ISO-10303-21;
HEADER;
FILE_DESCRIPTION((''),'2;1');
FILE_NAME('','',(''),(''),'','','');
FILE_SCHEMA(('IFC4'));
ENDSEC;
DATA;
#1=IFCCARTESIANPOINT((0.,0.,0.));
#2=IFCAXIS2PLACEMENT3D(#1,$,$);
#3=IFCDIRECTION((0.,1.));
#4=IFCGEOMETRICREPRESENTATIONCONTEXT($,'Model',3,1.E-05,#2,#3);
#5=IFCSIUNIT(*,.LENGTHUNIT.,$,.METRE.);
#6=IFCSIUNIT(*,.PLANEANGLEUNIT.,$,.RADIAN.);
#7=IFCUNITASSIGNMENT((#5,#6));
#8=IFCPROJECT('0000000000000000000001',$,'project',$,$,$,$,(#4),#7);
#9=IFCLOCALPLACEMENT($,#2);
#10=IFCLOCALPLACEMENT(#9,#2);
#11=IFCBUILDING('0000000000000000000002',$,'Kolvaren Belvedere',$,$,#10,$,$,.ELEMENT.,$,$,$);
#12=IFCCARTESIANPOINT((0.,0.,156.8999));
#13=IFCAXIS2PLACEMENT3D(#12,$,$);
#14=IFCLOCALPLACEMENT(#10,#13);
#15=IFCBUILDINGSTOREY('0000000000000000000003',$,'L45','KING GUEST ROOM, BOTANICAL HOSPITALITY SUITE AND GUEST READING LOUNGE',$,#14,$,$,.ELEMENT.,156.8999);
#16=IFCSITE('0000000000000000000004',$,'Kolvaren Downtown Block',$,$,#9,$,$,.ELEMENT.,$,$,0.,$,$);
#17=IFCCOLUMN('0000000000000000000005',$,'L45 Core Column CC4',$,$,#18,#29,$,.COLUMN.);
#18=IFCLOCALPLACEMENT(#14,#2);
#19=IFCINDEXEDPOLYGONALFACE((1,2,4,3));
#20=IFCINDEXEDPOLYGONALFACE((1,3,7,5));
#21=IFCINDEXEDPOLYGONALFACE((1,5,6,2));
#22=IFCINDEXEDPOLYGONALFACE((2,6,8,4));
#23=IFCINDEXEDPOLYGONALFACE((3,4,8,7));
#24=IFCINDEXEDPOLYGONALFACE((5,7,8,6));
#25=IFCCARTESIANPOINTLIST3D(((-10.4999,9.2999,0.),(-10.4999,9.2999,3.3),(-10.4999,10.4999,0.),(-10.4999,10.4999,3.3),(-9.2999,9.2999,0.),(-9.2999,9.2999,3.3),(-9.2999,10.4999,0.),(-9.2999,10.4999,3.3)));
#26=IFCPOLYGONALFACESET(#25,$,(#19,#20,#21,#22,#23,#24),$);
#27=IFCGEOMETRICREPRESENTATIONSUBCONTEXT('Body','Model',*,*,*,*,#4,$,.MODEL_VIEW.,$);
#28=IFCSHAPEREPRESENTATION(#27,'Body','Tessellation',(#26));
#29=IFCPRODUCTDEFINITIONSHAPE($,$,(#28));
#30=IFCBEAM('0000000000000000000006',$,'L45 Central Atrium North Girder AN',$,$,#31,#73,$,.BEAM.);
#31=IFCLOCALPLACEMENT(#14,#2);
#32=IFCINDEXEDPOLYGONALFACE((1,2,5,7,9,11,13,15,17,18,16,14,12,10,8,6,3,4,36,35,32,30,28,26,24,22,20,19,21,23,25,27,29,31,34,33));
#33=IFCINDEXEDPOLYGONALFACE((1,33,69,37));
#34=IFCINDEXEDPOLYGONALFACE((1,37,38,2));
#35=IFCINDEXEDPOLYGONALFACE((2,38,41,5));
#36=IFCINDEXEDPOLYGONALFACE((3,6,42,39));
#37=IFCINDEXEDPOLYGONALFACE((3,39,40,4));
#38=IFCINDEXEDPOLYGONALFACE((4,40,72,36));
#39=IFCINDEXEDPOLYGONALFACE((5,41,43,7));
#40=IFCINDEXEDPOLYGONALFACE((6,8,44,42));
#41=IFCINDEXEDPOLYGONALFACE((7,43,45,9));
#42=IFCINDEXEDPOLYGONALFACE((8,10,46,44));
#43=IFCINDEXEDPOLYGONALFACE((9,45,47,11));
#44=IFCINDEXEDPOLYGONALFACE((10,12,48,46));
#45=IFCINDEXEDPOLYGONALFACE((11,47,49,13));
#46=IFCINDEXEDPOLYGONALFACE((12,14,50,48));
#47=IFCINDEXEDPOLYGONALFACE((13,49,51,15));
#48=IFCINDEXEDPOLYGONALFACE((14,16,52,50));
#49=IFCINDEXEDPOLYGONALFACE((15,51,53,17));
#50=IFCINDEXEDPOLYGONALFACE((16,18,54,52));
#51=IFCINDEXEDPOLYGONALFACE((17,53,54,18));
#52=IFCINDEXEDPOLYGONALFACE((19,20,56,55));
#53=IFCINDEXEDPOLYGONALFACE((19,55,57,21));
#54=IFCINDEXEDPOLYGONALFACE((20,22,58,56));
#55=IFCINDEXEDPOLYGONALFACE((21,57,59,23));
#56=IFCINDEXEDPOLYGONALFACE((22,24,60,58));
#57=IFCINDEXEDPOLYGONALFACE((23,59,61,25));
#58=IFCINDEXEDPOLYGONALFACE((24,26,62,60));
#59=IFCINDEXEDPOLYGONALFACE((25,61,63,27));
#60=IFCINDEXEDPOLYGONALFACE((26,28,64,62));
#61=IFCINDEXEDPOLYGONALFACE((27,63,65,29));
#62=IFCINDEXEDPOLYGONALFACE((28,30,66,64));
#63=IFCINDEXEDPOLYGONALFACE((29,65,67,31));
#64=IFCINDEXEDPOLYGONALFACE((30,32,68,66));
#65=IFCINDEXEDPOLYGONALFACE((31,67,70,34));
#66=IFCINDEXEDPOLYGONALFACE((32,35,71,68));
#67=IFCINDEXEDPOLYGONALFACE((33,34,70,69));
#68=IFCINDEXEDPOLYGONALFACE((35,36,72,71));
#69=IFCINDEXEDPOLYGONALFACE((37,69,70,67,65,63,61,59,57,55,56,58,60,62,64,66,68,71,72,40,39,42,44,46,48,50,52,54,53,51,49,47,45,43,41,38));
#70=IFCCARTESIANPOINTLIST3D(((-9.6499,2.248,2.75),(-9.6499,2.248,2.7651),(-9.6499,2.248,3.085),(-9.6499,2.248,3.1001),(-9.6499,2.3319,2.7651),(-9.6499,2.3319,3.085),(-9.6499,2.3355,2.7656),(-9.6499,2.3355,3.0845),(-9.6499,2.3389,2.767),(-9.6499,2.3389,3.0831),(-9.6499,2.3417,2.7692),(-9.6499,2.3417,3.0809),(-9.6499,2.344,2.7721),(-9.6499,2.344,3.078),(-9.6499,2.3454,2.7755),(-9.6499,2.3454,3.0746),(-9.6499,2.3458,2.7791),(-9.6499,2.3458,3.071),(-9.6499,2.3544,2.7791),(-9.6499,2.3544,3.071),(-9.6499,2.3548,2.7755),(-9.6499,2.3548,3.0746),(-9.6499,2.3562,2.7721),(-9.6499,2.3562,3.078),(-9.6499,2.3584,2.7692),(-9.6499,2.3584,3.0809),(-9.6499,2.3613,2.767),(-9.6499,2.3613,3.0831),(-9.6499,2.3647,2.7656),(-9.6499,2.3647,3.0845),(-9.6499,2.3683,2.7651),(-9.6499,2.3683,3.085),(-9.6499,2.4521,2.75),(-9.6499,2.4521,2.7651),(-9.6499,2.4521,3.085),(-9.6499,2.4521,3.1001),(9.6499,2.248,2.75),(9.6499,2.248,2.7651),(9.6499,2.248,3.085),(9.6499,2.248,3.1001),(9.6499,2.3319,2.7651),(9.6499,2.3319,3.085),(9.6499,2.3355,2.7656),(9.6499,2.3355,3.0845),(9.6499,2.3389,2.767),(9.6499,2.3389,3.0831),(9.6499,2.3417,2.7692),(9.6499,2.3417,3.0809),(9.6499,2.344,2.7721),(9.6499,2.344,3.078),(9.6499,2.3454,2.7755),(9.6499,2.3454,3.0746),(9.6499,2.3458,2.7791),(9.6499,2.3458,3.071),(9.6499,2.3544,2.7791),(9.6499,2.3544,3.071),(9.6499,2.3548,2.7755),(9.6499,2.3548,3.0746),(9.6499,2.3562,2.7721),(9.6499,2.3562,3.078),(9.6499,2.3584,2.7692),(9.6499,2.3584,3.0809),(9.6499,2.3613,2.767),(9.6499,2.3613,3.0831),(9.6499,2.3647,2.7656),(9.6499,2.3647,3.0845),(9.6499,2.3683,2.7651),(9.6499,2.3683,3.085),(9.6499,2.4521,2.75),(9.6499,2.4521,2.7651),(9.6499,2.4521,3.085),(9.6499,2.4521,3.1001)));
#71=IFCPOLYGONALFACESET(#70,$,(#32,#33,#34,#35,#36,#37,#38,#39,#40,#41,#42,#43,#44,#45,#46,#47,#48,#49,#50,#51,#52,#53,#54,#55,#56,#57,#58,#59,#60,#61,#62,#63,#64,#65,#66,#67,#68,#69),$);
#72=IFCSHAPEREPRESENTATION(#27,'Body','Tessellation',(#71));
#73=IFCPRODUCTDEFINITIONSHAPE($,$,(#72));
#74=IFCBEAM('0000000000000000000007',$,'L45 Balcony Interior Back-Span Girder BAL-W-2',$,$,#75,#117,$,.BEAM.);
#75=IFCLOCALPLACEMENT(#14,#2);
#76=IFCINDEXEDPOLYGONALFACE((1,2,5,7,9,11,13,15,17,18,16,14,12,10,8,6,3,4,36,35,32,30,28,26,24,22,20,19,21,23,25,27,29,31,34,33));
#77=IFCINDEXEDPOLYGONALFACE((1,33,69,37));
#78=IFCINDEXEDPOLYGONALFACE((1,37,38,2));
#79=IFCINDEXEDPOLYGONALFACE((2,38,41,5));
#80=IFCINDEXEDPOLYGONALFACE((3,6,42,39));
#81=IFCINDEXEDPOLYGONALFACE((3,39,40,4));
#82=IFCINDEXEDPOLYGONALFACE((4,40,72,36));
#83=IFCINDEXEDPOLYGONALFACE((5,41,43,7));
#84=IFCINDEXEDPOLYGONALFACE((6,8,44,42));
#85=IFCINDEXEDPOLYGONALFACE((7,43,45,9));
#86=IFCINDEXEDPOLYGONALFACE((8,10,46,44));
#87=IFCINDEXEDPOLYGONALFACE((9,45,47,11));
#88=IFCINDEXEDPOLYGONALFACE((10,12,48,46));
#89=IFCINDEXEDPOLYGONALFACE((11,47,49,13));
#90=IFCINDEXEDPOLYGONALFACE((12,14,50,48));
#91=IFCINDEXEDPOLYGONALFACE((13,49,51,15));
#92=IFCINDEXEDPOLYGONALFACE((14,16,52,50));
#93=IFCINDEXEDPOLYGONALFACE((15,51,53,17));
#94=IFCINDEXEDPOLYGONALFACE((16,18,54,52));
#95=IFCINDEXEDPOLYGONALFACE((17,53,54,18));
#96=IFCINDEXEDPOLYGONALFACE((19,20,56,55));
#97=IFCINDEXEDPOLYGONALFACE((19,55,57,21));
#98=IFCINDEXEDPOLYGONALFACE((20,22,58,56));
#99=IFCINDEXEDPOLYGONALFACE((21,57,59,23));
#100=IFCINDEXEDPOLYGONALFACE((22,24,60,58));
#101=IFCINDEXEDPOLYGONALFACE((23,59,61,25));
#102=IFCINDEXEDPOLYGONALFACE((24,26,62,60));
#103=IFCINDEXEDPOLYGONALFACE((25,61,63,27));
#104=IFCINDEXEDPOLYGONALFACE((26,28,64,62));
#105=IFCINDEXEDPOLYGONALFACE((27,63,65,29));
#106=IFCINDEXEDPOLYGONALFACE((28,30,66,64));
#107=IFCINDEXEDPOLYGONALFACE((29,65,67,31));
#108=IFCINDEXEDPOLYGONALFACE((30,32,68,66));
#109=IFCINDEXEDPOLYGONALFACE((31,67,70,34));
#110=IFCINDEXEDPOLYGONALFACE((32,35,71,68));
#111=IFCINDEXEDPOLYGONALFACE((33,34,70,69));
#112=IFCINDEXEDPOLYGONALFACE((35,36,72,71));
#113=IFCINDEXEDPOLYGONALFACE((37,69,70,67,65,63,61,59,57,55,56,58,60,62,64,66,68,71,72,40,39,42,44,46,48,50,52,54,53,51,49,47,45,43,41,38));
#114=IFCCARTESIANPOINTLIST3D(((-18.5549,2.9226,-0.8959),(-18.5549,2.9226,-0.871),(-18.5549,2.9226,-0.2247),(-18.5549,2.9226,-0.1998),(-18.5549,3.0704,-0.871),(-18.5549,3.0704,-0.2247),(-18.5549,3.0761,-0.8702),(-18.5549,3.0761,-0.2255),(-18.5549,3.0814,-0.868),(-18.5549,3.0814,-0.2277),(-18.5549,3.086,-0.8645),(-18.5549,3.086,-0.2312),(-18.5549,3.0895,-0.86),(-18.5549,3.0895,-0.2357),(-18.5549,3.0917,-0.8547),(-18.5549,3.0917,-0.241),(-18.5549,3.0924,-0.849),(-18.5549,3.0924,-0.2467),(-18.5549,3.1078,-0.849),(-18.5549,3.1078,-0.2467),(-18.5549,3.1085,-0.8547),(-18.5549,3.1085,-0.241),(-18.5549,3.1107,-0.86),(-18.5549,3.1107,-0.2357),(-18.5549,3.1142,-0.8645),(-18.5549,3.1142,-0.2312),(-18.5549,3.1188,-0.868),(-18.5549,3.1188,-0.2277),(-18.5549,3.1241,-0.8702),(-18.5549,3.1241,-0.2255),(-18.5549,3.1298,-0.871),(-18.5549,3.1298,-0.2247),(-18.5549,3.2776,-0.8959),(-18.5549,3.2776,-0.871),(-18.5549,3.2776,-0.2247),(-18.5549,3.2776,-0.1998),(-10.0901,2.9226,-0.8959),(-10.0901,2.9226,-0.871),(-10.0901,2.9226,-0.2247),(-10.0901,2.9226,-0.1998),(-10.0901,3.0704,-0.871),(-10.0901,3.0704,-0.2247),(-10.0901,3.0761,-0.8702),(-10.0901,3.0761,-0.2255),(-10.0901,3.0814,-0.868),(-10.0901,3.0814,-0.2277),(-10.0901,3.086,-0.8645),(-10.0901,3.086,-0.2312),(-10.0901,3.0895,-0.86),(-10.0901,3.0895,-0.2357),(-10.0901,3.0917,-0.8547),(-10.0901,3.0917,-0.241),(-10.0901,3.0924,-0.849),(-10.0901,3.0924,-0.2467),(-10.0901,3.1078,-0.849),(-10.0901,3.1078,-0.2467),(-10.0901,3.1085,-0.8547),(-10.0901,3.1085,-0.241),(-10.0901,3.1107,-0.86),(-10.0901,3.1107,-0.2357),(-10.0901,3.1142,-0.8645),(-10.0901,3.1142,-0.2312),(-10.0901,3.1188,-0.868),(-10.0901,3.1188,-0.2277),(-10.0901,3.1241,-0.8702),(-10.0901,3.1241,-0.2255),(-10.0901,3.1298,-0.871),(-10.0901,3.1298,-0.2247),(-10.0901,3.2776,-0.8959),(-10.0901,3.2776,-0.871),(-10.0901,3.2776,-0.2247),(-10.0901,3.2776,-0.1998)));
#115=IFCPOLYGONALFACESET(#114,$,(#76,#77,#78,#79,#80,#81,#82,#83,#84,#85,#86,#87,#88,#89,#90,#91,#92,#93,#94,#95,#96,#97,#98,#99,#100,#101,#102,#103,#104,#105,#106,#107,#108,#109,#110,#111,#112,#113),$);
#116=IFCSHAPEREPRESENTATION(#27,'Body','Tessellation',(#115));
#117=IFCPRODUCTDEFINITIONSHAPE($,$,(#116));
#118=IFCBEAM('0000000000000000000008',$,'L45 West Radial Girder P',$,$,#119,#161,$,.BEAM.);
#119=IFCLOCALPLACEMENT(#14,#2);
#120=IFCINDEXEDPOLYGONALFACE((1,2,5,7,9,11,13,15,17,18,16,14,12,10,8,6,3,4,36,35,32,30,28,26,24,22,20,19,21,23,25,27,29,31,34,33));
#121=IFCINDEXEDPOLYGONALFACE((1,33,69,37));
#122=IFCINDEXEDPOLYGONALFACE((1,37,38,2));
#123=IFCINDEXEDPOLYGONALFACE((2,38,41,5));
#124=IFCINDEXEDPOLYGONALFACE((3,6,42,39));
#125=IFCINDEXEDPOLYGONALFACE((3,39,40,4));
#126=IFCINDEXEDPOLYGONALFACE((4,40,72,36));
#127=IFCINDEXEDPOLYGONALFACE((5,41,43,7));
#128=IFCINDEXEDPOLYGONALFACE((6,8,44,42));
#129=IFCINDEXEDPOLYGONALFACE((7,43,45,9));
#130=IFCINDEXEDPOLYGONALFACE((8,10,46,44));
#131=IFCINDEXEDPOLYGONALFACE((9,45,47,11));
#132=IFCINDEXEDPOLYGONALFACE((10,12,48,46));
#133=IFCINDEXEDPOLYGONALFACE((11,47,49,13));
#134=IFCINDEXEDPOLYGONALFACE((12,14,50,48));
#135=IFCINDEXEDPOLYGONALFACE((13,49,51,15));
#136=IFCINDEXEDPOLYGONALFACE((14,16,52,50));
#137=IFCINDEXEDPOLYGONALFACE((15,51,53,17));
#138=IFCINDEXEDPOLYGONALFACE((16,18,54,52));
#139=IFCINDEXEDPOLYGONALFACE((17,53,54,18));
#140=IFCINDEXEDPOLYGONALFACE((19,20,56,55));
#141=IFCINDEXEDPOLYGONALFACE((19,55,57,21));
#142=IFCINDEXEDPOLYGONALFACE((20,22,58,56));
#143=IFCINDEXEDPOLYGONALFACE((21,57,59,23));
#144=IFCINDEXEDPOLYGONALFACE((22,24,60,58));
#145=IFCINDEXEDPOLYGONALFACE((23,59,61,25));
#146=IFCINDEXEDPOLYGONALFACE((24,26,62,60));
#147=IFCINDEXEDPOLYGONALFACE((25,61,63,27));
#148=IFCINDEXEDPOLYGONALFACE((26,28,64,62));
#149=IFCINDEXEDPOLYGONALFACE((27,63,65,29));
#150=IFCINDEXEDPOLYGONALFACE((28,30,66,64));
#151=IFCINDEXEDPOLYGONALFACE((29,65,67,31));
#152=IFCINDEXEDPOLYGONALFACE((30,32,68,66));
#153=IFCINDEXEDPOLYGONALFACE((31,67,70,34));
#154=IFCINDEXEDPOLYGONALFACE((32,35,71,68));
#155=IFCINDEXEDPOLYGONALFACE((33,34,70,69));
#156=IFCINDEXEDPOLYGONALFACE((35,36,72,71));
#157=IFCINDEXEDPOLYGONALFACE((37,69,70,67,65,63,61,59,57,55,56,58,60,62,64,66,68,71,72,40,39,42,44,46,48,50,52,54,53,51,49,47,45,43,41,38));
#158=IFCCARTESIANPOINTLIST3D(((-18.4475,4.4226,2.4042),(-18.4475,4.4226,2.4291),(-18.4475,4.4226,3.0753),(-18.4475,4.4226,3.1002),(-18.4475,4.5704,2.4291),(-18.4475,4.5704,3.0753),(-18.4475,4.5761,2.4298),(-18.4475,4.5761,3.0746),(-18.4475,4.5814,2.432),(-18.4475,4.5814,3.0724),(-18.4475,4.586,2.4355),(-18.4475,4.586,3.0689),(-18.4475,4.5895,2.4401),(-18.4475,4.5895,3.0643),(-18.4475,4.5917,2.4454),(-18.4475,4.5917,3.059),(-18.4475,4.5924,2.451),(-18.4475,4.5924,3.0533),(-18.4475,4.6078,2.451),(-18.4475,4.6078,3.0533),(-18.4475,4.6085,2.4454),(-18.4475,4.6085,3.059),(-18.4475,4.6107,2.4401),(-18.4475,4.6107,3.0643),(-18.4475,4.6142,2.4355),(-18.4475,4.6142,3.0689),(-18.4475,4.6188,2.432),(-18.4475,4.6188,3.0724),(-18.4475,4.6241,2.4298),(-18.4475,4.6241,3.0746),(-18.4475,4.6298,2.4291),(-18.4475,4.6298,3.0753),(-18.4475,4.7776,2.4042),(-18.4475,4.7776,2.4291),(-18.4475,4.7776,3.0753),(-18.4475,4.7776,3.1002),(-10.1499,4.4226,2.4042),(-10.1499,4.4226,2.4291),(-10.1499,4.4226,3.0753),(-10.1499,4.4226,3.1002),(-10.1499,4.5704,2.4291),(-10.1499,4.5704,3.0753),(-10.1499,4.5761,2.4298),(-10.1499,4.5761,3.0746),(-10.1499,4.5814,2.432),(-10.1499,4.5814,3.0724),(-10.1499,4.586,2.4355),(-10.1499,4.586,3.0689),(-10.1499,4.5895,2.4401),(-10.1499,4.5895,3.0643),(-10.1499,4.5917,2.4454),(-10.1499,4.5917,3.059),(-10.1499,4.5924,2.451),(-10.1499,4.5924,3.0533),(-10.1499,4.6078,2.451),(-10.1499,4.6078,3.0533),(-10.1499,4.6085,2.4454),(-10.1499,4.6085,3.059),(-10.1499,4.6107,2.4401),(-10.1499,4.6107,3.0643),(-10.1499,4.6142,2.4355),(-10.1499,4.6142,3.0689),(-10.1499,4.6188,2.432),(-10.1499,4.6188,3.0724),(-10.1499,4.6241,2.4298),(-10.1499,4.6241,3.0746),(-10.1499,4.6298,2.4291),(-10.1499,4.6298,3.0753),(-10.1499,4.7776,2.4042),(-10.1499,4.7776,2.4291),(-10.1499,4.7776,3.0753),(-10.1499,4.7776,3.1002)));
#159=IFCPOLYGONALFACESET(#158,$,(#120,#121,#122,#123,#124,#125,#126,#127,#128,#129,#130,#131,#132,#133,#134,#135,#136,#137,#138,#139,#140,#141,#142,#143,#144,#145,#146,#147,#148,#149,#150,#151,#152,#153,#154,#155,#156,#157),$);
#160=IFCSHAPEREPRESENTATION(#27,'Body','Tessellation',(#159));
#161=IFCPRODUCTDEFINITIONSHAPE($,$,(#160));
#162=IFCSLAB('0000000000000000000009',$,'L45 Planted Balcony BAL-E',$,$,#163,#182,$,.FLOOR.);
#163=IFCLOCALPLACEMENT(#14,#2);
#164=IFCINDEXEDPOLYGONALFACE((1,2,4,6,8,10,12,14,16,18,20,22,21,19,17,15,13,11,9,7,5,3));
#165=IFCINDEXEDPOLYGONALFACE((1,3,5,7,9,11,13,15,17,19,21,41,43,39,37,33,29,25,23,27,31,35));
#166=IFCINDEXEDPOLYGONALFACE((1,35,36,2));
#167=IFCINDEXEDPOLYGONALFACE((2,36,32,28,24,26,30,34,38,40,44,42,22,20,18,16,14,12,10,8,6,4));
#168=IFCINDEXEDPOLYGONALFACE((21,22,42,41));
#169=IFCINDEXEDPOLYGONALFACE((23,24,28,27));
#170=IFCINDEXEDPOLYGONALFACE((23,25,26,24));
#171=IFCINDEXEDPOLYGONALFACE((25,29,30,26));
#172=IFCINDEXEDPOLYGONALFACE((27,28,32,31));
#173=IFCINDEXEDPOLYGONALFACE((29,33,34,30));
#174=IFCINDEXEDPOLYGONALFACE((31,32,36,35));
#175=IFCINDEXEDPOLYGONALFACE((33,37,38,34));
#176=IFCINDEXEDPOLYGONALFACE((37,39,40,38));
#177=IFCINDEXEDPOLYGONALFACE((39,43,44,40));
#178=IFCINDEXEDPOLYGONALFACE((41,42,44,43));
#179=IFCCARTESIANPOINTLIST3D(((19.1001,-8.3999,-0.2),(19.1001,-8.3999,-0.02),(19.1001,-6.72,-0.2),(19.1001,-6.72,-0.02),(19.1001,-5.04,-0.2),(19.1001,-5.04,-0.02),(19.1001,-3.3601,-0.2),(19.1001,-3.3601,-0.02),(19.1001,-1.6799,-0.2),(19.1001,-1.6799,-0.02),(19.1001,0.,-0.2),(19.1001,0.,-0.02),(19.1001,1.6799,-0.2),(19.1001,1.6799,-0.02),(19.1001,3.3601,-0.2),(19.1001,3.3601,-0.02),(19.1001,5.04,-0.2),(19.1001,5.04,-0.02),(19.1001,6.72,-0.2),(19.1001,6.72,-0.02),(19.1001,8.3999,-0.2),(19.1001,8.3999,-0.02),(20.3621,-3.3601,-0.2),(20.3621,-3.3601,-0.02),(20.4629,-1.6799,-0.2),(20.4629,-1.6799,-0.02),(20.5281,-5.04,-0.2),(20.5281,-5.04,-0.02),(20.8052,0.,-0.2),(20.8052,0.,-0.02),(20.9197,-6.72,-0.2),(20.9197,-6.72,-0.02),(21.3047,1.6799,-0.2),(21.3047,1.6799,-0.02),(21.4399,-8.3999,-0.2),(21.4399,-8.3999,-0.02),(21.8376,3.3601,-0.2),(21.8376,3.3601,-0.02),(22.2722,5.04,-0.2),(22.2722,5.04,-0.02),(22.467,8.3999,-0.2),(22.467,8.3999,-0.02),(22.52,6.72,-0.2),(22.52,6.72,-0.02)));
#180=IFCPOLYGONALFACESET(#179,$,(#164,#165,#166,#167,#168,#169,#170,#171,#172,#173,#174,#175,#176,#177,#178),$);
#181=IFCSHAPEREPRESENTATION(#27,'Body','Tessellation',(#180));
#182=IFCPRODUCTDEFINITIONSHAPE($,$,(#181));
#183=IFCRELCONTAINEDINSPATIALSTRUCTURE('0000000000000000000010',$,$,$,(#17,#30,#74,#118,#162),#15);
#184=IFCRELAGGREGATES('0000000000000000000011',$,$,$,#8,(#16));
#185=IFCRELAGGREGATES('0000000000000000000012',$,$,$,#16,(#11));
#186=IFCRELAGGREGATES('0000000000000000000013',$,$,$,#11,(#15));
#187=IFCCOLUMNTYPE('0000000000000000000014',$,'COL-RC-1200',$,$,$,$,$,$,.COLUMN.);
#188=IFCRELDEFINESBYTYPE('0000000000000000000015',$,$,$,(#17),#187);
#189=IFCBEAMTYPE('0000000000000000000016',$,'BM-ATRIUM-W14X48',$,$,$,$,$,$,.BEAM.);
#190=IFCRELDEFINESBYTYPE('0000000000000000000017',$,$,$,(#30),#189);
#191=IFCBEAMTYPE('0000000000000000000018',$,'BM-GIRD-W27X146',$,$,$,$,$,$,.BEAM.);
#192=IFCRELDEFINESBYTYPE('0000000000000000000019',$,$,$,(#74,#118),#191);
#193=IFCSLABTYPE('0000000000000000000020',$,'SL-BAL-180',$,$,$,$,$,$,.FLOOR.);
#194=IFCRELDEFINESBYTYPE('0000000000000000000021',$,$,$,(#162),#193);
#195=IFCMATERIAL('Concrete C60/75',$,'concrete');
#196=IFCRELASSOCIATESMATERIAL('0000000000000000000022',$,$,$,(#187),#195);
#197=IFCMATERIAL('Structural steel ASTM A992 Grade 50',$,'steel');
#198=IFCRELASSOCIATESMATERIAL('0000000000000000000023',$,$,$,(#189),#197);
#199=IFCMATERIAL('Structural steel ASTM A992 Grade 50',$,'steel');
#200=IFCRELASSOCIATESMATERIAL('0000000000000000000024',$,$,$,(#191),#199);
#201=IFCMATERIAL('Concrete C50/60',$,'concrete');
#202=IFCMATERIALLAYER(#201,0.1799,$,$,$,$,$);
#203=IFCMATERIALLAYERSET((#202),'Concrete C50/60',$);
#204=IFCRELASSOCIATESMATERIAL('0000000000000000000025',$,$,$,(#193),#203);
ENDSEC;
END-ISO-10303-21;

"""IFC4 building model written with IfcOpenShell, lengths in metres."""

from ifc_helpers import new_model, si_unit, direction, frame, origin, origin_2d, place, context, subcontext, project, spatial, polyline, rectangle, i_section, outline, extrude, material, layer, layer_set, material_profile, profile_set, type_object, element, save


model = new_model("IFC4")

# Units and contexts
model_context = context("Model", 3, precision=1e-05, world=origin(), true_north=direction((0.0, 1.0)))
body_context = subcontext(model_context, "Body", "Model", "MODEL_VIEW")
ifc_project = project(units=[si_unit("LENGTHUNIT", "METRE"), si_unit("PLANEANGLEUNIT", "RADIAN")], contexts=[model_context])

# Site, building, storey
site_placement = place(None, origin())
site = spatial("IfcSite", under=ifc_project, at=site_placement, Name="Kolvaren Downtown Block", CompositionType="ELEMENT", RefElevation=0.0)
building_placement = place(site_placement, origin())
building = spatial("IfcBuilding", under=site, at=building_placement, Name="Kolvaren Belvedere", CompositionType="ELEMENT")
storey_placement = place(building_placement, frame((0.0, 0.0, 156.8999)))
storey = spatial("IfcBuildingStorey", under=building, at=storey_placement, Name="L45", Description="KING GUEST ROOM, BOTANICAL HOSPITALITY SUITE AND GUEST READING LOUNGE", CompositionType="ELEMENT", Elevation=156.8999)

# Column
ifc_material_1 = material(Name="Concrete C60/75", Category="concrete")
ifc_material_profile_1 = material_profile(ifc_material_1, rectangle(XDim=1.2, YDim=1.2, at=origin_2d()), Name="RC 1200X1200")
ifc_profile_set_1 = profile_set([ifc_material_profile_1], Name="Concrete C60/75")
column_type = type_object("IfcColumnType", Name="COL-RC-1200", PredefinedType="COLUMN", material=ifc_profile_set_1)
column_placement = place(storey_placement, frame((-9.8999, 9.8999, 0.0), z_axis=(0.0, 0.0, 1.0), x_axis=(1.0, 0.0, 0.0)))
element("IfcColumn", 1, at=column_placement, inside=storey, type_object=column_type, Name="L45 Core Column CC4", PredefinedType="COLUMN", context=body_context, shape_type="SweptSolid", body=[
    extrude(rectangle(XDim=1.2, YDim=1.2, at=origin_2d()), origin(), (0.0, 0.0, 1.0), 3.3),
])

# Beams
ifc_material_2 = material(Name="Structural steel ASTM A992 Grade 50", Category="steel")
ifc_material_profile_2 = material_profile(ifc_material_2, i_section(OverallWidth=0.2041, OverallDepth=0.3501, WebThickness=0.0085, FlangeThickness=0.0151, FilletRadius=0.0139, at=origin_2d()), Name="W14X48")
ifc_profile_set_2 = profile_set([ifc_material_profile_2], Name="Structural steel ASTM A992 Grade 50")
beam_type_1 = type_object("IfcBeamType", Name="BM-ATRIUM-W14X48", PredefinedType="BEAM", material=ifc_profile_set_2)
beam_1_placement = place(storey_placement, frame((-9.6499, 2.3501, 2.925), z_axis=(1.0, 0.0, 0.0), x_axis=(0.0, 1.0, 0.0)))
element("IfcBeam", 2, at=beam_1_placement, inside=storey, type_object=beam_type_1, Name="L45 Central Atrium North Girder AN", PredefinedType="BEAM", context=body_context, shape_type="SweptSolid", body=[
    extrude(i_section(OverallWidth=0.2041, OverallDepth=0.3501, WebThickness=0.0085, FlangeThickness=0.0151, FilletRadius=0.0139, at=origin_2d()), origin(), (0.0, 0.0, 1.0), 19.2998),
])
ifc_material_3 = material(Name="Structural steel ASTM A992 Grade 50", Category="steel")
ifc_material_profile_3 = material_profile(ifc_material_3, i_section(OverallWidth=0.355, OverallDepth=0.696, WebThickness=0.0154, FlangeThickness=0.0249, FilletRadius=0.022, at=origin_2d()), Name="W27X146")
ifc_profile_set_3 = profile_set([ifc_material_profile_3], Name="Structural steel ASTM A992 Grade 50")
beam_type_2 = type_object("IfcBeamType", Name="BM-GIRD-W27X146", PredefinedType="BEAM", material=ifc_profile_set_3)
beam_2_placement = place(storey_placement, frame((-10.0901, 3.1001, -0.5479), z_axis=(-1.0, 0.0, 0.0), x_axis=(0.0, -1.0, 0.0)))
element("IfcBeam", 3, at=beam_2_placement, inside=storey, type_object=beam_type_2, Name="L45 Balcony Interior Back-Span Girder BAL-W-2", PredefinedType="BEAM", context=body_context, shape_type="SweptSolid", body=[
    extrude(i_section(OverallWidth=0.355, OverallDepth=0.696, WebThickness=0.0154, FlangeThickness=0.0249, FilletRadius=0.022, at=origin_2d()), origin(), (0.0, 0.0, 1.0), 8.4648),
])
beam_3_placement = place(storey_placement, frame((-10.1499, 4.6001, 2.7522), z_axis=(-1.0, 0.0, 0.0), x_axis=(0.0, -1.0, 0.0)))
element("IfcBeam", 4, at=beam_3_placement, inside=storey, type_object=beam_type_2, Name="L45 West Radial Girder P", PredefinedType="BEAM", context=body_context, shape_type="SweptSolid", body=[
    extrude(i_section(OverallWidth=0.355, OverallDepth=0.696, WebThickness=0.0154, FlangeThickness=0.0249, FilletRadius=0.022, at=origin_2d()), origin(), (0.0, 0.0, 1.0), 8.2976),
])

# Slab
ifc_material_4 = material(Name="Concrete C50/60", Category="concrete")
ifc_layer_1 = layer(ifc_material_4, 0.1799)
ifc_layer_set_1 = layer_set([ifc_layer_1], Name="Concrete C50/60")
slab_type_1 = type_object("IfcSlabType", Name="SL-BAL-180", PredefinedType="FLOOR", material=ifc_layer_set_1)
slab_1_placement = place(storey_placement, frame((0.0, 0.0, -0.2)))
element("IfcSlab", 5, at=slab_1_placement, inside=storey, type_object=slab_type_1, Name="L45 Planted Balcony BAL-E", PredefinedType="FLOOR", context=body_context, shape_type="SweptSolid", body=[
    extrude(outline(polyline([(21.4399, -8.3999), (20.9197, -6.72), (20.5281, -5.04), (20.3621, -3.3601), (20.4629, -1.6799), (20.8052, 0.0), (21.3047, 1.6799), (21.8376, 3.3601), (22.2722, 5.04), (22.52, 6.72), (22.467, 8.3999), (19.1001, 8.3999), (19.1001, 6.72), (19.1001, 5.04), (19.1001, 3.3601), (19.1001, 1.6799), (19.1001, 0.0), (19.1001, -1.6799), (19.1001, -3.3601), (19.1001, -5.04), (19.1001, -6.72), (19.1001, -8.3999), (21.4399, -8.3999)])), origin(), (0.0, 0.0, 1.0), 0.1799),
])

save(model, "model.ifc")
